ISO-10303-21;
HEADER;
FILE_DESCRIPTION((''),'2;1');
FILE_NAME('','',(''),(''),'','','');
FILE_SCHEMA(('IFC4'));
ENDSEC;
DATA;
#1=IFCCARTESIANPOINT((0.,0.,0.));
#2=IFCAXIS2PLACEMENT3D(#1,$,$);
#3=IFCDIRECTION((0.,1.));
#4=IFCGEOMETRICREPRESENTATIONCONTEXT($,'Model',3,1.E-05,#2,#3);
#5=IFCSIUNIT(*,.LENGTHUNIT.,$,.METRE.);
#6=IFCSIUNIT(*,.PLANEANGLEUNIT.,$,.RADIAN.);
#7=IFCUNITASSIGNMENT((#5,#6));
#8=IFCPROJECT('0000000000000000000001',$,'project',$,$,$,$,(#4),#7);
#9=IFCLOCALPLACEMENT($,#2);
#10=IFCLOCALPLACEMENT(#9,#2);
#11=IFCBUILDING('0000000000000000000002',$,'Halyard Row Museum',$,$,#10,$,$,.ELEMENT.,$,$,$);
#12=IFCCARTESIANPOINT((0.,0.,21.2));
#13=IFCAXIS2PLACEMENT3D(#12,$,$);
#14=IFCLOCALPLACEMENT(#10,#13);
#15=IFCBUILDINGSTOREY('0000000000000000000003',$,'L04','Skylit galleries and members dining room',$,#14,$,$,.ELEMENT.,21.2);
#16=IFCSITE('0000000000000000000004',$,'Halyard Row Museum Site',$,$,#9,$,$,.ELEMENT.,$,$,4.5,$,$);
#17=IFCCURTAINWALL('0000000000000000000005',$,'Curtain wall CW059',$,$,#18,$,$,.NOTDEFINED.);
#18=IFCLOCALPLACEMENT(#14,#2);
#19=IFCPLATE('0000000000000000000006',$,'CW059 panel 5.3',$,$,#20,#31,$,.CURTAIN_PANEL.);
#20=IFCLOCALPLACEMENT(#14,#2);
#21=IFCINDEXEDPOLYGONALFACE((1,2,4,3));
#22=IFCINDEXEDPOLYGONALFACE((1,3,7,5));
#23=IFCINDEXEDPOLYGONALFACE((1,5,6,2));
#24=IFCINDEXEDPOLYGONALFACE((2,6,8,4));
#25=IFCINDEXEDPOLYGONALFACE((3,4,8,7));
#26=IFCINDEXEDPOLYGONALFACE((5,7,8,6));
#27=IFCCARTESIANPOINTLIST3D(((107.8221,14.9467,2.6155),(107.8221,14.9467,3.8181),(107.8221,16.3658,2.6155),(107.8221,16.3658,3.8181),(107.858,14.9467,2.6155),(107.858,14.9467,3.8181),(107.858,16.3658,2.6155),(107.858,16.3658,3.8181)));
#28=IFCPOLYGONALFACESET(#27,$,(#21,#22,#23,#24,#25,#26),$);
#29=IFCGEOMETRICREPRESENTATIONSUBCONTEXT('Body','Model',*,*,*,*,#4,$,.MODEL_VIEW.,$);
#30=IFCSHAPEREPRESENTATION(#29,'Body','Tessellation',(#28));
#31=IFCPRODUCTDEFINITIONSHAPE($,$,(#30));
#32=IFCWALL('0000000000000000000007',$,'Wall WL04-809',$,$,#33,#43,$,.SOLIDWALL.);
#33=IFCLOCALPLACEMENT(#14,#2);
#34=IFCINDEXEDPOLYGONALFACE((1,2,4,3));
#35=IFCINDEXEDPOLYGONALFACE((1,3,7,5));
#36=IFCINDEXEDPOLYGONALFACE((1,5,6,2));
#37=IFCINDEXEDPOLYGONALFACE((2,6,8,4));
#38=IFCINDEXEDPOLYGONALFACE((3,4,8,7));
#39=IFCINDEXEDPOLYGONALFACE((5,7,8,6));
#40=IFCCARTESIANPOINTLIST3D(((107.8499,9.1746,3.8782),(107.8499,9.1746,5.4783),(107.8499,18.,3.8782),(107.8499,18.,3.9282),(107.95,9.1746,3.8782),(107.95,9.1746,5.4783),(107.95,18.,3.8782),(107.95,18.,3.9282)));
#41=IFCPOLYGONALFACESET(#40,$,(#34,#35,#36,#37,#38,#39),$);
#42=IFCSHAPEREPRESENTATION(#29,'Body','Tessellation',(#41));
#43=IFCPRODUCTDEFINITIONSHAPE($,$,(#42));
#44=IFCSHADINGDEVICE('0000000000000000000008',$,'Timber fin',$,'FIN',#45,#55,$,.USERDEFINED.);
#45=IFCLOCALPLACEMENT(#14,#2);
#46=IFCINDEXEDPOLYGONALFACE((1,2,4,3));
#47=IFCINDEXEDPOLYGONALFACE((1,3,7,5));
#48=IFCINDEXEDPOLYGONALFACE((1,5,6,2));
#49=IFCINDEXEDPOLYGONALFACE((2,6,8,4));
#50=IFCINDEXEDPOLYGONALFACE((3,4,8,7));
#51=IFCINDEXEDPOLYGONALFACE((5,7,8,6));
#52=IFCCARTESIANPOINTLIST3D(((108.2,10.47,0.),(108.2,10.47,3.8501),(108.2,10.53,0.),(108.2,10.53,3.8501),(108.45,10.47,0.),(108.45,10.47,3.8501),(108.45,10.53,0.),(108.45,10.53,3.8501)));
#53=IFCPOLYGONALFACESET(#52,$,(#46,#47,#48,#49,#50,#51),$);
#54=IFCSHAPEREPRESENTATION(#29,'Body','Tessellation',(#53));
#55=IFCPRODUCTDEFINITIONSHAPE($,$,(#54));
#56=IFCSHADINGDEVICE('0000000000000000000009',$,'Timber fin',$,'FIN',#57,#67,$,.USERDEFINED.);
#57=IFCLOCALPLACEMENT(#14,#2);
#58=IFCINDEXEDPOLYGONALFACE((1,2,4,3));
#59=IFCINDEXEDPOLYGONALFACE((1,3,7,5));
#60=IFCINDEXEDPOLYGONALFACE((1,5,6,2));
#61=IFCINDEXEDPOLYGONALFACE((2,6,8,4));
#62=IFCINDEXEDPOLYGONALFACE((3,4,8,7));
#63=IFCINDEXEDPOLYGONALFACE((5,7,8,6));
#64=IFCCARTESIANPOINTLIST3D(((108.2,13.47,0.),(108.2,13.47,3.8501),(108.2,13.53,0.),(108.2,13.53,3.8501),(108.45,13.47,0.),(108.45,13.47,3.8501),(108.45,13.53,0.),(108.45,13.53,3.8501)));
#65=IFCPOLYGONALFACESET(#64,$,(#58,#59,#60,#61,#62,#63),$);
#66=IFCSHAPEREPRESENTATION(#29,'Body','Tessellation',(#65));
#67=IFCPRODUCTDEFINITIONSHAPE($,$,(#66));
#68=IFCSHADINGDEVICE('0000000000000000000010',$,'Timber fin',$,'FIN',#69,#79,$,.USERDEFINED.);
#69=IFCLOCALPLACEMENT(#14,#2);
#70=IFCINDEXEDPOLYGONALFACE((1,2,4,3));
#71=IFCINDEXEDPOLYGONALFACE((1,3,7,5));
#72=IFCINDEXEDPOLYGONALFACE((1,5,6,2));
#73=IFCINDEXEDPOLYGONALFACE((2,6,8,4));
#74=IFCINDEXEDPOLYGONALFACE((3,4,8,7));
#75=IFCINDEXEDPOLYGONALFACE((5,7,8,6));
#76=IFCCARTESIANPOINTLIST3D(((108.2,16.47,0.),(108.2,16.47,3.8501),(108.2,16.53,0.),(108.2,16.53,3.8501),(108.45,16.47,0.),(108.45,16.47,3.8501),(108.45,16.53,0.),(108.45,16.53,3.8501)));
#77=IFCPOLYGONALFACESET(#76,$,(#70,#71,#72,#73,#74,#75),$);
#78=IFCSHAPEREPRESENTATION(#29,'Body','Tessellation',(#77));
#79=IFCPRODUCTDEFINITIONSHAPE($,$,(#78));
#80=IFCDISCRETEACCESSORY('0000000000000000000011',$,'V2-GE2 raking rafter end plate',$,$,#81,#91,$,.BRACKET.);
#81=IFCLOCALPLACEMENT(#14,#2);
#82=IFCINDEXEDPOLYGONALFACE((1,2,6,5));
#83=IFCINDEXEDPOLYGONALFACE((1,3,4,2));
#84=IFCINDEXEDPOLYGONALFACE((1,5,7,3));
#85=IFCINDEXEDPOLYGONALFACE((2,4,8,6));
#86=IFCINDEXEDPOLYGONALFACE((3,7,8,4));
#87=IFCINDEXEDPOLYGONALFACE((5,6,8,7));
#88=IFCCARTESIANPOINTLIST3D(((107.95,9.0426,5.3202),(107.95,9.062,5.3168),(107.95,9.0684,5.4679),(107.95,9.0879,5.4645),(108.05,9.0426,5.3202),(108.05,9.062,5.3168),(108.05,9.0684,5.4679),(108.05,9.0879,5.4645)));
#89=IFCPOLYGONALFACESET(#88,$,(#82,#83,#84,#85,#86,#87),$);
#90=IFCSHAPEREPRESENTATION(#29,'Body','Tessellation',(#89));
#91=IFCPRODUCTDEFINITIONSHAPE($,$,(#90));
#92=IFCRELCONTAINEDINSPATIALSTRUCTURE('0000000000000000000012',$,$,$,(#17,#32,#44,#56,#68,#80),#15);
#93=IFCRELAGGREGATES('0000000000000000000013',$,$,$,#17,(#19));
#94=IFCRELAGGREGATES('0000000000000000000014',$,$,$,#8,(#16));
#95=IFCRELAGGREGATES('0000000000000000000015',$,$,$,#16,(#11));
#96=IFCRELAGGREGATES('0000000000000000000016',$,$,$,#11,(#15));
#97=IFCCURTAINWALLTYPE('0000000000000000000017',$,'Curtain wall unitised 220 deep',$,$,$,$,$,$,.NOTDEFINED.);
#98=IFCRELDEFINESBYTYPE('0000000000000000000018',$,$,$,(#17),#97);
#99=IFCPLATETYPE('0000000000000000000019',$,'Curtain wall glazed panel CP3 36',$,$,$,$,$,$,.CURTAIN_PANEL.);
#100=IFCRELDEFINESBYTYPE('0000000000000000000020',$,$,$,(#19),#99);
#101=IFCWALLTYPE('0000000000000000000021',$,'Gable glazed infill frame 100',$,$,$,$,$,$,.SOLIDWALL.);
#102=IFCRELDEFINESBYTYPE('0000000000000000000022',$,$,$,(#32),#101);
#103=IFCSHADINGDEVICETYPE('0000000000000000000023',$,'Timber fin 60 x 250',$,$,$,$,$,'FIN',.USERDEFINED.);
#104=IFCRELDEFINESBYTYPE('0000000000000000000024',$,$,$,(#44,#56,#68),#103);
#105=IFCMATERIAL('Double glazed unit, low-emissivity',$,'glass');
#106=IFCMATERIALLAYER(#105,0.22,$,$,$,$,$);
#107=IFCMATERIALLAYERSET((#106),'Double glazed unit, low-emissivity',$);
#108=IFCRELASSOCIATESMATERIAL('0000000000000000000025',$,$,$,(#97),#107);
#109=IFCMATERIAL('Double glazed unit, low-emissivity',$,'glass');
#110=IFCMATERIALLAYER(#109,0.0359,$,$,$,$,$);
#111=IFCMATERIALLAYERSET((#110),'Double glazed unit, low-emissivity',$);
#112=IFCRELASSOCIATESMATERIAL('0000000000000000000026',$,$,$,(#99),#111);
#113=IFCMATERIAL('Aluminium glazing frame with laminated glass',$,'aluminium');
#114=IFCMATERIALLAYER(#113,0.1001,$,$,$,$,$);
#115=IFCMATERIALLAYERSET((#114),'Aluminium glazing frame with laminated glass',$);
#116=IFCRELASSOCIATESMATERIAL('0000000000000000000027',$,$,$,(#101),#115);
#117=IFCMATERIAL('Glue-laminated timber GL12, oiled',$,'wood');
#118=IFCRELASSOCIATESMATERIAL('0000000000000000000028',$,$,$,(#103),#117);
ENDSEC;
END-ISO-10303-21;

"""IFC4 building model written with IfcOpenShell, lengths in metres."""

from ifc_helpers import new_model, si_unit, direction, frame, origin, origin_2d, place, context, subcontext, project, spatial, polyline, rectangle, outline, extrude, material, layer, layer_set, type_object, element, aggregate, save


model = new_model("IFC4")

# Units and contexts
model_context = context("Model", 3, precision=1e-05, world=origin(), true_north=direction((0.0, 1.0)))
body_context = subcontext(model_context, "Body", "Model", "MODEL_VIEW")
ifc_project = project(units=[si_unit("LENGTHUNIT", "METRE"), si_unit("PLANEANGLEUNIT", "RADIAN")], contexts=[model_context])

# Site, building, storey
site_placement = place(None, origin())
site = spatial("IfcSite", under=ifc_project, at=site_placement, Name="Halyard Row Museum Site", CompositionType="ELEMENT", RefElevation=4.5)
building_placement = place(site_placement, origin())
building = spatial("IfcBuilding", under=site, at=building_placement, Name="Halyard Row Museum", CompositionType="ELEMENT")
storey_placement = place(building_placement, frame((0.0, 0.0, 21.2)))
storey = spatial("IfcBuildingStorey", under=building, at=storey_placement, Name="L04", Description="Skylit galleries and members dining room", CompositionType="ELEMENT", Elevation=21.2)

# Curtain wall
ifc_material_1 = material(Name="Double glazed unit, low-emissivity", Category="glass")
ifc_layer_1 = layer(ifc_material_1, 0.22)
ifc_layer_set_1 = layer_set([ifc_layer_1], Name="Double glazed unit, low-emissivity")
curtain_wall_type = type_object("IfcCurtainWallType", Name="Curtain wall unitised 220 deep", PredefinedType="NOTDEFINED", material=ifc_layer_set_1)
curtain_wall_placement = place(storey_placement, origin())
curtain_wall = element("IfcCurtainWall", 1, at=curtain_wall_placement, inside=storey, type_object=curtain_wall_type, Name="Curtain wall CW059", PredefinedType="NOTDEFINED")

# Plate
ifc_material_2 = material(Name="Double glazed unit, low-emissivity", Category="glass")
ifc_layer_2 = layer(ifc_material_2, 0.0359)
ifc_layer_set_2 = layer_set([ifc_layer_2], Name="Double glazed unit, low-emissivity")
plate_type = type_object("IfcPlateType", Name="Curtain wall glazed panel CP3 36", PredefinedType="CURTAIN_PANEL", material=ifc_layer_set_2)
plate_1_placement = place(storey_placement, frame((107.8401, 15.6562, 2.6155), z_axis=(0.0, 0.0, 1.0), x_axis=(0.0, 1.0, 0.0)))
plate_1 = element("IfcPlate", 2, at=plate_1_placement, type_object=plate_type, Name="CW059 panel 5.3", PredefinedType="CURTAIN_PANEL", context=body_context, shape_type="SweptSolid", body=[
    extrude(rectangle(XDim=1.4192, YDim=0.0359, at=origin_2d()), origin(), (0.0, 0.0, 1.0), 1.2026),
])
aggregate(curtain_wall, [plate_1])

# Wall
ifc_material_3 = material(Name="Aluminium glazing frame with laminated glass", Category="aluminium")
ifc_layer_3 = layer(ifc_material_3, 0.1001)
ifc_layer_set_3 = layer_set([ifc_layer_3], Name="Aluminium glazing frame with laminated glass")
wall_type = type_object("IfcWallType", Name="Gable glazed infill frame 100", PredefinedType="SOLIDWALL", material=ifc_layer_set_3)
wall_placement = place(storey_placement, frame((107.8999, 9.1746, 3.8782), z_axis=(0.0, 0.0, 1.0), x_axis=(0.0, 1.0, 0.0)))
element("IfcWall", 3, at=wall_placement, inside=storey, type_object=wall_type, Name="Wall WL04-809", PredefinedType="SOLIDWALL", context=body_context, shape_type="SweptSolid", body=[
    extrude(outline(polyline([(0.0, 0.0), (8.8254, 0.0), (8.8254, 0.05), (0.0, 1.6001), (0.0, 0.0)])), frame((0.0, 0.05, 0.0), z_axis=(0.0, -1.0, 0.0), x_axis=(1.0, 0.0, 0.0)), (0.0, 0.0, 1.0), 0.1001),
])

# Shading devices
ifc_material_4 = material(Name="Glue-laminated timber GL12, oiled", Category="wood")
shading_device_type = type_object("IfcShadingDeviceType", Name="Timber fin 60 x 250", ElementType="FIN", PredefinedType="USERDEFINED", material=ifc_material_4)
for number, where, z_axis, x_axis, name in (
    (4, (108.325, 10.5, 0.0), (0.0, 0.0, 1.0), (1.0, 0.0, 0.0), "Timber fin"),
    (5, (108.325, 13.5, 0.0), (0.0, 0.0, 1.0), (1.0, 0.0, 0.0), "Timber fin"),
    (6, (108.325, 16.5, 0.0), (0.0, 0.0, 1.0), (1.0, 0.0, 0.0), "Timber fin"),
):
    element("IfcShadingDevice", number, at=place(storey_placement, frame(where, z_axis=z_axis, x_axis=x_axis)), inside=storey, type_object=shading_device_type, Name=name, ObjectType="FIN", PredefinedType="USERDEFINED", context=body_context, shape_type="SweptSolid", body=[
        extrude(rectangle(XDim=0.25, YDim=0.0601, at=origin_2d()), origin(), (0.0, 0.0, 1.0), 3.8501),
    ])

# Discrete accessory
discrete_accessory_placement = place(storey_placement, frame((108.0, 9.075, 5.3906), z_axis=(0.0, -0.98503, 0.17238), x_axis=(1.0, 0.0, 0.0)))
element("IfcDiscreteAccessory", 7, at=discrete_accessory_placement, inside=storey, Name="V2-GE2 raking rafter end plate", PredefinedType="BRACKET", context=body_context, shape_type="SweptSolid", body=[
    extrude(rectangle(XDim=0.1001, YDim=0.1499, at=origin_2d()), origin(), (0.0, 0.0, 1.0), 0.0198),
])

save(model, "model.ifc")
